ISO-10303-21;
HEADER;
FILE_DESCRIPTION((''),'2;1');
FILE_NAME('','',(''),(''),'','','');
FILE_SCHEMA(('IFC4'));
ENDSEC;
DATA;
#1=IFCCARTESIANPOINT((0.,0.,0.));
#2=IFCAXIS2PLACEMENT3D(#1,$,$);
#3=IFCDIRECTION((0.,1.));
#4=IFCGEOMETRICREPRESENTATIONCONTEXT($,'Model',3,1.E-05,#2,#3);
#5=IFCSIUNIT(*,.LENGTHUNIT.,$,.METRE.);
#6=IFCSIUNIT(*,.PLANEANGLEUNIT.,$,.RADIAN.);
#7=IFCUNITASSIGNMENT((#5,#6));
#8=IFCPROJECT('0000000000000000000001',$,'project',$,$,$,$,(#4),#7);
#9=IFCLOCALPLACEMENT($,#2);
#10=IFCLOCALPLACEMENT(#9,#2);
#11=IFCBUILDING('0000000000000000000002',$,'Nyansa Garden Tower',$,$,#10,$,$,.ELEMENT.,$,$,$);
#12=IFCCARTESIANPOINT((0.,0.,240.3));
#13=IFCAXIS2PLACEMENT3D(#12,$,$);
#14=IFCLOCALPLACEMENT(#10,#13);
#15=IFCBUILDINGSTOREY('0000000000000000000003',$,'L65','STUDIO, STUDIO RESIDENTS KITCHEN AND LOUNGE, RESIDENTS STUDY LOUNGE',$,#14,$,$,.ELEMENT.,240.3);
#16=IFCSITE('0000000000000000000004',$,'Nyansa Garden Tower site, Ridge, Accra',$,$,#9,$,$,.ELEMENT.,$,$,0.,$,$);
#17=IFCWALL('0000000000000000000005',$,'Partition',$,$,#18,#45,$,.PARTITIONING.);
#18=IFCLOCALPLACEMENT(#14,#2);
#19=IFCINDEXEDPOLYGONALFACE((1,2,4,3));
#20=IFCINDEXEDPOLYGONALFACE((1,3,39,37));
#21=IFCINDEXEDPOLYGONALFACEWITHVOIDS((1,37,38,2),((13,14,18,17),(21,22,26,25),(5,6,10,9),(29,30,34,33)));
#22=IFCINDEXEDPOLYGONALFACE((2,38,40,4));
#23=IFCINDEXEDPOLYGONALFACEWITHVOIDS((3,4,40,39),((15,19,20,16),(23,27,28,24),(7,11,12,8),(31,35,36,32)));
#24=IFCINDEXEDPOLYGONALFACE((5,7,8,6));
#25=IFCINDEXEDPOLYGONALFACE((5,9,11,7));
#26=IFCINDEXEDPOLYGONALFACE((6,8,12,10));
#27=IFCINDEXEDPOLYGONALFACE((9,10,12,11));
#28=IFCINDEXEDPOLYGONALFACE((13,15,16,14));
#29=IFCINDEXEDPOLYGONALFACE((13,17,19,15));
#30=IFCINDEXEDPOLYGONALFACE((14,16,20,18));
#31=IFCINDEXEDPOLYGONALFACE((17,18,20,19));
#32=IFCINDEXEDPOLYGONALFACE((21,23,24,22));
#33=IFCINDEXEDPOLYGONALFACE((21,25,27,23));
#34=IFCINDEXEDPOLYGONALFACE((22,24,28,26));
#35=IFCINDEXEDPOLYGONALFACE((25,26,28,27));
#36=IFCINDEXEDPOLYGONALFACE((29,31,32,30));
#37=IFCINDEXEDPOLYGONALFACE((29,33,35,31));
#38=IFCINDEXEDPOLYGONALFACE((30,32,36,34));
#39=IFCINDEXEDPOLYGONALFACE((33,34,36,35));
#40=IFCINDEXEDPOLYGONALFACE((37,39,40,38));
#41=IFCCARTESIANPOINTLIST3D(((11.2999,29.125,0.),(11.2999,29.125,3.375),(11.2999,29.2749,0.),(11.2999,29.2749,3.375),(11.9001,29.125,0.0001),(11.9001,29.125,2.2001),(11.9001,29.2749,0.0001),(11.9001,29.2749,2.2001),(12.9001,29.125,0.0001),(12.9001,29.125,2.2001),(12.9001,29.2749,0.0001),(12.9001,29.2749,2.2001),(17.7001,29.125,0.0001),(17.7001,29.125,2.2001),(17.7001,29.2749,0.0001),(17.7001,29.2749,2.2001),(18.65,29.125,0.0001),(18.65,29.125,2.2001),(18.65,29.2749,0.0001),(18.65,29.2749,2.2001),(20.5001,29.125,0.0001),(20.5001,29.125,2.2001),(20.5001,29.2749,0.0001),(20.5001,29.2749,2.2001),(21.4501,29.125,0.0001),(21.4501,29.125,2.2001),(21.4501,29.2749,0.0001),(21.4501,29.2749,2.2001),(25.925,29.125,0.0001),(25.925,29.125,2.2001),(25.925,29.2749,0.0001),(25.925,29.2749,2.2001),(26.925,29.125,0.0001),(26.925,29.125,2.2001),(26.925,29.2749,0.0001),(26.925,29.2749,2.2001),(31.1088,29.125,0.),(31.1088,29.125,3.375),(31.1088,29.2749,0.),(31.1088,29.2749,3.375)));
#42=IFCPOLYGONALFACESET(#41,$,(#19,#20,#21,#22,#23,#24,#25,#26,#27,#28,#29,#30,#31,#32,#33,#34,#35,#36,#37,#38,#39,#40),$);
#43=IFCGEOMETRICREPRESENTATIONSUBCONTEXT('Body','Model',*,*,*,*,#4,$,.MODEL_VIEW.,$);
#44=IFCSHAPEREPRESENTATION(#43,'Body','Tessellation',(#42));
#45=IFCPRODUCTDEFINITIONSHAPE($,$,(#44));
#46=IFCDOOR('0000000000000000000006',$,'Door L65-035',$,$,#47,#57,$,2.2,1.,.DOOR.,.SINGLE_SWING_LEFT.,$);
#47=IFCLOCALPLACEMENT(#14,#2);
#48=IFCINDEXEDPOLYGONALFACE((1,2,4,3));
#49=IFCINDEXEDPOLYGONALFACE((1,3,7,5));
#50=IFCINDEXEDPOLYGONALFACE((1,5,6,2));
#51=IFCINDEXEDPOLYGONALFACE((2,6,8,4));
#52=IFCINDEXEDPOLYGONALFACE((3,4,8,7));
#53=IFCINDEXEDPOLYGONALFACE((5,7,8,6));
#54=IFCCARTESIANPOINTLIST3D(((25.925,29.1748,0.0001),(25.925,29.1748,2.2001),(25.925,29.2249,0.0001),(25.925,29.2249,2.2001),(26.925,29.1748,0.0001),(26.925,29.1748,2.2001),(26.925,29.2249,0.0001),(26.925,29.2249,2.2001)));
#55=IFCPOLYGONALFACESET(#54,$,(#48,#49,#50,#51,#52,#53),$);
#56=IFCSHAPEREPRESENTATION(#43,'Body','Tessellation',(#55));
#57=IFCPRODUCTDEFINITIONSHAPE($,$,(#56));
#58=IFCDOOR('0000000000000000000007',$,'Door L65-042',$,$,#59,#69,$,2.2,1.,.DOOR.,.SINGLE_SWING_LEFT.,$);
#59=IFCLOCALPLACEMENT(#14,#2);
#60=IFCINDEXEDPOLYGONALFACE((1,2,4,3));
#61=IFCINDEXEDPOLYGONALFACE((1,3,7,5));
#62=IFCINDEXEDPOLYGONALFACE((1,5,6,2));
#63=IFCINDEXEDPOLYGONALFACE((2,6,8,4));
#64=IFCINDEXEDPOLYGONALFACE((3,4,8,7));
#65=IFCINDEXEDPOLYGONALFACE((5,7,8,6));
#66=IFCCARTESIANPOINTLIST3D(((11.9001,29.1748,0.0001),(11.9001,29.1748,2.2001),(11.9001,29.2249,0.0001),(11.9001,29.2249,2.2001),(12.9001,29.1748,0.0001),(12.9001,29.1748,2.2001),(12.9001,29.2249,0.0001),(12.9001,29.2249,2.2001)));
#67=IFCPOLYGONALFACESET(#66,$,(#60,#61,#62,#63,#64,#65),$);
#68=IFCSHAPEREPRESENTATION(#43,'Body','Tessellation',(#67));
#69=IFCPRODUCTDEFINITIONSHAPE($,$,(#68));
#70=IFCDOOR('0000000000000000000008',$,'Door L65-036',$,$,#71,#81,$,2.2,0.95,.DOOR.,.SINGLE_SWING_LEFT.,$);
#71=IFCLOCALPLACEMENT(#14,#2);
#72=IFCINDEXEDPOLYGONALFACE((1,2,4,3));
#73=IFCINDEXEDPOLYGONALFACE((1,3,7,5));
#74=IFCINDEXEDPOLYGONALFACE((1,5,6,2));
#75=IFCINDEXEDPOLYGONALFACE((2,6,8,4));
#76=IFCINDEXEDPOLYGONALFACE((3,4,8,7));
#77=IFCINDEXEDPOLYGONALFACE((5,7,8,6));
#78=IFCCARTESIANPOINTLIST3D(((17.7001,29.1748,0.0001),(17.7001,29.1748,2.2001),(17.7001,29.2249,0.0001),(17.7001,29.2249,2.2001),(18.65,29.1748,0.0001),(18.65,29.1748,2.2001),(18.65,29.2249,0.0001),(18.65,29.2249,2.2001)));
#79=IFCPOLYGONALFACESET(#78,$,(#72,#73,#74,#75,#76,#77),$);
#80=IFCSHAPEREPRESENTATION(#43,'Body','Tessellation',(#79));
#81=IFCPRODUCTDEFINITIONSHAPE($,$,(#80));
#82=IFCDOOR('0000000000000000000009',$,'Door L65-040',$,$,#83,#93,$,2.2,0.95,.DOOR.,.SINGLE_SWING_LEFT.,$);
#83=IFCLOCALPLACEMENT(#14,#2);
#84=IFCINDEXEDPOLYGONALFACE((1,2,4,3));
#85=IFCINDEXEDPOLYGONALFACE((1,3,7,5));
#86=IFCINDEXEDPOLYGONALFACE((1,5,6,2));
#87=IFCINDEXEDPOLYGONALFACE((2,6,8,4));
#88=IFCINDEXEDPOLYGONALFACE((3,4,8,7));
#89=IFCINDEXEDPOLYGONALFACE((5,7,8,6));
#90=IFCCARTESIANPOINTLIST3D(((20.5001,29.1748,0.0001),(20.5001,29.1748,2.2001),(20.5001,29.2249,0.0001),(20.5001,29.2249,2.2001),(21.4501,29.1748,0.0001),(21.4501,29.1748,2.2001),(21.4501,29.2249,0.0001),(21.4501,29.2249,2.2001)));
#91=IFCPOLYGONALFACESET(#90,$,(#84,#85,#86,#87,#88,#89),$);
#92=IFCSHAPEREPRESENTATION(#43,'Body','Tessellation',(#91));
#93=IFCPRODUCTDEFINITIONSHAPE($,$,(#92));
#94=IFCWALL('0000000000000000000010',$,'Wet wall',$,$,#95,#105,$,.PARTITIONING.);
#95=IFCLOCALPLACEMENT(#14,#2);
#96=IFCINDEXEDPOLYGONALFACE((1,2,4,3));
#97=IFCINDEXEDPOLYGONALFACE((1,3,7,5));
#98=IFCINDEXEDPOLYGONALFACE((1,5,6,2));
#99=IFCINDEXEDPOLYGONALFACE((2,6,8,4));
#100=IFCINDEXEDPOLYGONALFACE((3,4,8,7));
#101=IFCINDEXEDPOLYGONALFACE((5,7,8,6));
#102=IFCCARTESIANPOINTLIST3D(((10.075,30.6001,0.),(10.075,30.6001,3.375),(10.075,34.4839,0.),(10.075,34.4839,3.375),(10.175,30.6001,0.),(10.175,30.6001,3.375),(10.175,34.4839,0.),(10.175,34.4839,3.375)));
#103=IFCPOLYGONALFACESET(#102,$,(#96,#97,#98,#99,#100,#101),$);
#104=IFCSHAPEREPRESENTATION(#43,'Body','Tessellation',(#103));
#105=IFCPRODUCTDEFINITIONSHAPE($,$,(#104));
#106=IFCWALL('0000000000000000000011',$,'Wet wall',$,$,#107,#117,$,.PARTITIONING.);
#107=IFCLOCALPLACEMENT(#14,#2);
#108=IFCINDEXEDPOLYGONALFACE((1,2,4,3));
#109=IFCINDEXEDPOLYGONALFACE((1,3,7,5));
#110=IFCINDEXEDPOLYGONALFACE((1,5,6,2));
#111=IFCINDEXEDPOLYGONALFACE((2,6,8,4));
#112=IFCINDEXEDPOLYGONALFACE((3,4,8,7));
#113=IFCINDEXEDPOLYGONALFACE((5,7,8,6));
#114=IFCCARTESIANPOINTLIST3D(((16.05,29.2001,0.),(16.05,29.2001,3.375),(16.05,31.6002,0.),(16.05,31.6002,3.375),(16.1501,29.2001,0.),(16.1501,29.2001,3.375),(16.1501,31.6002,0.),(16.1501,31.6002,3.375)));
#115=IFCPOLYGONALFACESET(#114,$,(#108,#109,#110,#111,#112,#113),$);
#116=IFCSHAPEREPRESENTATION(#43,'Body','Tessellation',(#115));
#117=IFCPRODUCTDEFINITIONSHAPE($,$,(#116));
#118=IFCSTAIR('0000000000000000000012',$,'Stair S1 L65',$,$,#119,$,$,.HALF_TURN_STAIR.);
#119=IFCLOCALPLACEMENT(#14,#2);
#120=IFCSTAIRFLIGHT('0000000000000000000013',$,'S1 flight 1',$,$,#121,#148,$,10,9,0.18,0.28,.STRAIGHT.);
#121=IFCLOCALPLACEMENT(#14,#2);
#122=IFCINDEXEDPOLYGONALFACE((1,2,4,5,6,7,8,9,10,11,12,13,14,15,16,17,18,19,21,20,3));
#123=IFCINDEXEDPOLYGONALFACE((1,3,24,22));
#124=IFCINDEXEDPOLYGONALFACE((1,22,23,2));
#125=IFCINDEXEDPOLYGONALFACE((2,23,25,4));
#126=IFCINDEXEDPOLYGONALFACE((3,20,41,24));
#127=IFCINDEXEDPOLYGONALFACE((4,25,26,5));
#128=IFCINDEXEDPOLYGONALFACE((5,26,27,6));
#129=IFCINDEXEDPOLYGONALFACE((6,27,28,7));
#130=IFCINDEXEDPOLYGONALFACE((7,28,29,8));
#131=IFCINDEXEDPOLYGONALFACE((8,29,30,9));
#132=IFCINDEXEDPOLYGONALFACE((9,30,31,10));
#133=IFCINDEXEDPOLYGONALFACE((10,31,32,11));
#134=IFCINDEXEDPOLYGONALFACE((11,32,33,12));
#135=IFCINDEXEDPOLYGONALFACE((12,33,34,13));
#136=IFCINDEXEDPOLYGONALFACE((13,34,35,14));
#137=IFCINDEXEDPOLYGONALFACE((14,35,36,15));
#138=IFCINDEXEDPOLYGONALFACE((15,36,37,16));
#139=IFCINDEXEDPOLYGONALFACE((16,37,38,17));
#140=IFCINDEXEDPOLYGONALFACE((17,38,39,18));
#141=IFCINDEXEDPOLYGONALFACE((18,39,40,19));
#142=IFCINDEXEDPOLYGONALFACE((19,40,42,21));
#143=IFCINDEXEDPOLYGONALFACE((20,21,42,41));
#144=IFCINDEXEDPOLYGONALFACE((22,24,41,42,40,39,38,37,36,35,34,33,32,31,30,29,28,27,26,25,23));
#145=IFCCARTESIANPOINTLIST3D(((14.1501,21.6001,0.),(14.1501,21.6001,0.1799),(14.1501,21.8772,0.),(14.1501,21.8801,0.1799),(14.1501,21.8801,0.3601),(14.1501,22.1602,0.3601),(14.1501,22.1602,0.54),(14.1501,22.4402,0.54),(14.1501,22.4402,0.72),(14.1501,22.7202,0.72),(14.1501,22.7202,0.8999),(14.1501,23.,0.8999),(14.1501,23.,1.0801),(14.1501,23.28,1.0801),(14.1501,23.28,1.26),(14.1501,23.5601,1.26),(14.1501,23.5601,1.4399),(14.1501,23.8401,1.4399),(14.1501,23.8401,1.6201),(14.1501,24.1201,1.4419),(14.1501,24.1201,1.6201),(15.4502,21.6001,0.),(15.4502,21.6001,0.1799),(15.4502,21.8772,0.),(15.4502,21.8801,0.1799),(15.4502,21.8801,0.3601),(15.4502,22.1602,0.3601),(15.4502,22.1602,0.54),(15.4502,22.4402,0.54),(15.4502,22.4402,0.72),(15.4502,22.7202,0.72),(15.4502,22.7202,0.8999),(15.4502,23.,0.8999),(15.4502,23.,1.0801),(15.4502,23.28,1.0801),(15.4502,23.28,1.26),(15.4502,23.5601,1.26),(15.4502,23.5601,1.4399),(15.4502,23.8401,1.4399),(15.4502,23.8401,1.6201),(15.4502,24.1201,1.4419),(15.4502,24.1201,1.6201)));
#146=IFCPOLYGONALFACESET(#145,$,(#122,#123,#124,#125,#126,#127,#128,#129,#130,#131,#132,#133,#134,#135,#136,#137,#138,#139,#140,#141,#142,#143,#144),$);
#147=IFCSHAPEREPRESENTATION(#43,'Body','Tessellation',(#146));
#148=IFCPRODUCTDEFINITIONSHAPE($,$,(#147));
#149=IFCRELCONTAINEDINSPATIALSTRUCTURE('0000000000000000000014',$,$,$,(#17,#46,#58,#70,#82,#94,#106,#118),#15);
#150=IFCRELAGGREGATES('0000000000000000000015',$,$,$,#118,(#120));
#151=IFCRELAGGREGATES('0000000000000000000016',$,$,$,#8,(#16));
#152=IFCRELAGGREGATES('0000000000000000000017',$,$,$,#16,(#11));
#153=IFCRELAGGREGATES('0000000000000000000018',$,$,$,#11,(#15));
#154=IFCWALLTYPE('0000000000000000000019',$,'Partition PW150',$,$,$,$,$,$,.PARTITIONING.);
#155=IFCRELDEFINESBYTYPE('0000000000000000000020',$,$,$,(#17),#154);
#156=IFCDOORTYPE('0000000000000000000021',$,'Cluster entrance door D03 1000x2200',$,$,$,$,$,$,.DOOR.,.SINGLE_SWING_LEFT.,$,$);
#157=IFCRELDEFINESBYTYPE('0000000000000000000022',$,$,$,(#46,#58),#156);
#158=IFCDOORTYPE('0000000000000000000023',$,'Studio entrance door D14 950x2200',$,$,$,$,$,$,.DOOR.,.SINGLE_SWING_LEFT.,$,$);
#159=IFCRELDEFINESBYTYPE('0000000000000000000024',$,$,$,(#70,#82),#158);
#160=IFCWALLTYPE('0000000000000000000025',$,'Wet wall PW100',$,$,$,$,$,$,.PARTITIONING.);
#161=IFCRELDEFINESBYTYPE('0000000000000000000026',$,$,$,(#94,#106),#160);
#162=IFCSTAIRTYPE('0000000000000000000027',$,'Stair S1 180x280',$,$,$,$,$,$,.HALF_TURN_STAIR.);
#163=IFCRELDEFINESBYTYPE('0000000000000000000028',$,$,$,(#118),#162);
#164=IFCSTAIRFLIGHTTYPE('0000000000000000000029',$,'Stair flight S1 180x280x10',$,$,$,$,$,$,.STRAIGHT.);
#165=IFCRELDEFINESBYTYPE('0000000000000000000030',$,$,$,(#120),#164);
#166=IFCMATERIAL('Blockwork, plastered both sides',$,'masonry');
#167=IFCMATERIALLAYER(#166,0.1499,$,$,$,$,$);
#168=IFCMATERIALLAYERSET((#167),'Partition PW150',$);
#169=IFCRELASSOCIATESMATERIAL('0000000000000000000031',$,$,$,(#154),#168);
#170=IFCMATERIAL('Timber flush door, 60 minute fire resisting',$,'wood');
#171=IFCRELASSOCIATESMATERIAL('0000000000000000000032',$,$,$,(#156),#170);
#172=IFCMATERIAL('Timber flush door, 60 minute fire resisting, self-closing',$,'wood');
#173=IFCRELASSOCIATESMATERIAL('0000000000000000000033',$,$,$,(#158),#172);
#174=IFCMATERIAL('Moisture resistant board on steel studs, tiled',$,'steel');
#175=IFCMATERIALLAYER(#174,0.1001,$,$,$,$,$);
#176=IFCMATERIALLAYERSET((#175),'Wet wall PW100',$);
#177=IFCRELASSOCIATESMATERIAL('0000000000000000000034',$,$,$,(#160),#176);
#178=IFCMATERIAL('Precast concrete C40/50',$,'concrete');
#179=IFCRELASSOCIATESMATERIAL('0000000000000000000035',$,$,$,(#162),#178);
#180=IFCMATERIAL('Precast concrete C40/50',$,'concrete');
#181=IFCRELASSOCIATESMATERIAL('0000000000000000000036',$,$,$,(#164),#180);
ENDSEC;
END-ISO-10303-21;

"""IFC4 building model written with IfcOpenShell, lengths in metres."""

from ifc_helpers import new_model, si_unit, direction, frame, frame_2d, origin, place, context, subcontext, project, spatial, polyline, rectangle, outline, extrude, material, layer, layer_set, type_object, element, fill, aggregate, save


model = new_model("IFC4")

# Units and contexts
model_context = context("Model", 3, precision=1e-05, world=origin(), true_north=direction((0.0, 1.0)))
body_context = subcontext(model_context, "Body", "Model", "MODEL_VIEW")
ifc_project = project(units=[si_unit("LENGTHUNIT", "METRE"), si_unit("PLANEANGLEUNIT", "RADIAN")], contexts=[model_context])

# Site, building, storey
site_placement = place(None, origin())
site = spatial("IfcSite", under=ifc_project, at=site_placement, Name="Nyansa Garden Tower site, Ridge, Accra", CompositionType="ELEMENT", RefElevation=0.0)
building_placement = place(site_placement, origin())
building = spatial("IfcBuilding", under=site, at=building_placement, Name="Nyansa Garden Tower", CompositionType="ELEMENT")
storey_placement = place(building_placement, frame((0.0, 0.0, 240.3)))
storey = spatial("IfcBuildingStorey", under=building, at=storey_placement, Name="L65", Description="STUDIO, STUDIO RESIDENTS KITCHEN AND LOUNGE, RESIDENTS STUDY LOUNGE", CompositionType="ELEMENT", Elevation=240.3)

# Wall, openings, doors
ifc_material_1 = material(Name="Blockwork, plastered both sides", Category="masonry")
ifc_layer_1 = layer(ifc_material_1, 0.1499)
ifc_layer_set_1 = layer_set([ifc_layer_1], Name="Partition PW150")
wall_type_1 = type_object("IfcWallType", Name="Partition PW150", PredefinedType="PARTITIONING", material=ifc_layer_set_1)
wall_1_placement = place(storey_placement, frame((11.3, 29.2, 0.0), z_axis=(0.0, 0.0, 1.0), x_axis=(1.0, 0.0, 0.0)))
wall_1 = element("IfcWall", 1, at=wall_1_placement, inside=storey, type_object=wall_type_1, Name="Partition", PredefinedType="PARTITIONING", context=body_context, shape_type="SweptSolid", body=[
    extrude(rectangle(XDim=19.8088, YDim=0.1499, at=frame_2d((9.9043, 0.0))), origin(), (0.0, 0.0, 1.0), 3.375),
])
opening_1_placement = place(wall_1_placement, frame((14.625, 0.0, 0.0)))
opening_1 = element("IfcOpeningElement", 2, at=opening_1_placement, cuts=wall_1, PredefinedType="OPENING", context=body_context, shape_type="SweptSolid", body=[
    extrude(rectangle(XDim=1.0, YDim=2.2, at=frame_2d((0.5, 1.1001))), frame((0.0, 0.085, 0.0), z_axis=(0.0, -1.0, 0.0), x_axis=(1.0, 0.0, 0.0)), (0.0, 0.0, 1.0), 0.1699),
])
opening_2_placement = place(wall_1_placement, frame((6.3999, 0.0, 0.0)))
opening_2 = element("IfcOpeningElement", 3, at=opening_2_placement, cuts=wall_1, PredefinedType="OPENING", context=body_context, shape_type="SweptSolid", body=[
    extrude(rectangle(XDim=0.95, YDim=2.2, at=frame_2d((0.4751, 1.1001))), frame((0.0, 0.085, 0.0), z_axis=(0.0, -1.0, 0.0), x_axis=(1.0, 0.0, 0.0)), (0.0, 0.0, 1.0), 0.1699),
])
opening_3_placement = place(wall_1_placement, frame((9.2, 0.0, 0.0)))
opening_3 = element("IfcOpeningElement", 4, at=opening_3_placement, cuts=wall_1, PredefinedType="OPENING", context=body_context, shape_type="SweptSolid", body=[
    extrude(rectangle(XDim=0.95, YDim=2.2, at=frame_2d((0.4751, 1.1001))), frame((0.0, 0.085, 0.0), z_axis=(0.0, -1.0, 0.0), x_axis=(1.0, 0.0, 0.0)), (0.0, 0.0, 1.0), 0.1699),
])
opening_4_placement = place(wall_1_placement, frame((0.6001, 0.0, 0.0)))
opening_4 = element("IfcOpeningElement", 5, at=opening_4_placement, cuts=wall_1, PredefinedType="OPENING", context=body_context, shape_type="SweptSolid", body=[
    extrude(rectangle(XDim=1.0, YDim=2.2, at=frame_2d((0.5, 1.1001))), frame((0.0, 0.085, 0.0), z_axis=(0.0, -1.0, 0.0), x_axis=(1.0, 0.0, 0.0)), (0.0, 0.0, 1.0), 0.1699),
])
ifc_material_2 = material(Name="Timber flush door, 60 minute fire resisting", Category="wood")
door_type_1 = type_object("IfcDoorType", Name="Cluster entrance door D03 1000x2200", OperationType="SINGLE_SWING_LEFT", PredefinedType="DOOR", material=ifc_material_2)
door_1_placement = place(opening_1_placement, origin())
door_1 = element("IfcDoor", 6, at=door_1_placement, inside=storey, type_object=door_type_1, Name="Door L65-035", OperationType="SINGLE_SWING_LEFT", OverallHeight=2.2, OverallWidth=1.0, PredefinedType="DOOR", context=body_context, shape_type="SweptSolid", body=[
    extrude(rectangle(XDim=1.0, YDim=2.2, at=frame_2d((0.5, 1.1001))), frame((0.0, 0.0249, 0.0), z_axis=(0.0, -1.0, 0.0), x_axis=(1.0, 0.0, 0.0)), (0.0, 0.0, 1.0), 0.05),
])
fill(opening_1, door_1)
door_2_placement = place(opening_4_placement, origin())
door_2 = element("IfcDoor", 7, at=door_2_placement, inside=storey, type_object=door_type_1, Name="Door L65-042", OperationType="SINGLE_SWING_LEFT", OverallHeight=2.2, OverallWidth=1.0, PredefinedType="DOOR", context=body_context, shape_type="SweptSolid", body=[
    extrude(rectangle(XDim=1.0, YDim=2.2, at=frame_2d((0.5, 1.1001))), frame((0.0, 0.0249, 0.0), z_axis=(0.0, -1.0, 0.0), x_axis=(1.0, 0.0, 0.0)), (0.0, 0.0, 1.0), 0.05),
])
fill(opening_4, door_2)
ifc_material_3 = material(Name="Timber flush door, 60 minute fire resisting, self-closing", Category="wood")
door_type_2 = type_object("IfcDoorType", Name="Studio entrance door D14 950x2200", OperationType="SINGLE_SWING_LEFT", PredefinedType="DOOR", material=ifc_material_3)
door_3_placement = place(opening_2_placement, origin())
door_3 = element("IfcDoor", 8, at=door_3_placement, inside=storey, type_object=door_type_2, Name="Door L65-036", OperationType="SINGLE_SWING_LEFT", OverallHeight=2.2, OverallWidth=0.95, PredefinedType="DOOR", context=body_context, shape_type="SweptSolid", body=[
    extrude(rectangle(XDim=0.95, YDim=2.2, at=frame_2d((0.4751, 1.1001))), frame((0.0, 0.0249, 0.0), z_axis=(0.0, -1.0, 0.0), x_axis=(1.0, 0.0, 0.0)), (0.0, 0.0, 1.0), 0.05),
])
fill(opening_2, door_3)
door_4_placement = place(opening_3_placement, origin())
door_4 = element("IfcDoor", 9, at=door_4_placement, inside=storey, type_object=door_type_2, Name="Door L65-040", OperationType="SINGLE_SWING_LEFT", OverallHeight=2.2, OverallWidth=0.95, PredefinedType="DOOR", context=body_context, shape_type="SweptSolid", body=[
    extrude(rectangle(XDim=0.95, YDim=2.2, at=frame_2d((0.4751, 1.1001))), frame((0.0, 0.0249, 0.0), z_axis=(0.0, -1.0, 0.0), x_axis=(1.0, 0.0, 0.0)), (0.0, 0.0, 1.0), 0.05),
])
fill(opening_3, door_4)

# Walls
ifc_material_4 = material(Name="Moisture resistant board on steel studs, tiled", Category="steel")
ifc_layer_2 = layer(ifc_material_4, 0.1001)
ifc_layer_set_2 = layer_set([ifc_layer_2], Name="Wet wall PW100")
wall_type_2 = type_object("IfcWallType", Name="Wet wall PW100", PredefinedType="PARTITIONING", material=ifc_layer_set_2)
wall_2_placement = place(storey_placement, frame((10.125, 30.6001, 0.0), z_axis=(0.0, 0.0, 1.0), x_axis=(0.0, 1.0, 0.0)))
element("IfcWall", 10, at=wall_2_placement, inside=storey, type_object=wall_type_2, Name="Wet wall", PredefinedType="PARTITIONING", context=body_context, shape_type="SweptSolid", body=[
    extrude(rectangle(XDim=3.8838, YDim=0.1001, at=frame_2d((1.9419, 0.0))), origin(), (0.0, 0.0, 1.0), 3.375),
])
wall_3_placement = place(storey_placement, frame((16.1001, 29.2, 0.0), z_axis=(0.0, 0.0, 1.0), x_axis=(0.0, 1.0, 0.0)))
element("IfcWall", 11, at=wall_3_placement, inside=storey, type_object=wall_type_2, Name="Wet wall", PredefinedType="PARTITIONING", context=body_context, shape_type="SweptSolid", body=[
    extrude(rectangle(XDim=2.4001, YDim=0.1001, at=frame_2d((1.2002, 0.0))), origin(), (0.0, 0.0, 1.0), 3.375),
])

# Stair, stair flight
ifc_material_5 = material(Name="Precast concrete C40/50", Category="concrete")
stair_type = type_object("IfcStairType", Name="Stair S1 180x280", PredefinedType="HALF_TURN_STAIR", material=ifc_material_5)
stair_placement = place(storey_placement, origin())
stair = element("IfcStair", 12, at=stair_placement, inside=storey, type_object=stair_type, Name="Stair S1 L65", PredefinedType="HALF_TURN_STAIR")
ifc_material_6 = material(Name="Precast concrete C40/50", Category="concrete")
stair_flight_type = type_object("IfcStairFlightType", Name="Stair flight S1 180x280x10", PredefinedType="STRAIGHT", material=ifc_material_6)
stair_flight_1_placement = place(storey_placement, frame((14.8, 21.6001, 0.0), z_axis=(0.0, 0.0, 1.0), x_axis=(0.0, 1.0, 0.0)))
stair_flight_1 = element("IfcStairFlight", 13, at=stair_flight_1_placement, type_object=stair_flight_type, Name="S1 flight 1", NumberOfRisers=10, NumberOfTreads=9, PredefinedType="STRAIGHT", RiserHeight=0.18, TreadLength=0.28, context=body_context, shape_type="SweptSolid", body=[
    extrude(outline(polyline([(0.0, 0.0), (0.0, 0.1799), (0.28, 0.1799), (0.28, 0.3601), (0.5601, 0.3601), (0.5601, 0.54), (0.8401, 0.54), (0.8401, 0.72), (1.1201, 0.72), (1.1201, 0.8999), (1.3999, 0.8999), (1.3999, 1.0801), (1.6799, 1.0801), (1.6799, 1.26), (1.96, 1.26), (1.96, 1.4399), (2.24, 1.4399), (2.24, 1.6201), (2.52, 1.6201), (2.52, 1.8), (2.52, 1.4419), (0.2771, 0.0), (0.0, 0.0)])), frame((0.0, 0.6499, 0.0), z_axis=(0.0, -1.0, 0.0), x_axis=(1.0, 0.0, 0.0)), (0.0, 0.0, 1.0), 1.3),
])
aggregate(stair, [stair_flight_1])

save(model, "model.ifc")
